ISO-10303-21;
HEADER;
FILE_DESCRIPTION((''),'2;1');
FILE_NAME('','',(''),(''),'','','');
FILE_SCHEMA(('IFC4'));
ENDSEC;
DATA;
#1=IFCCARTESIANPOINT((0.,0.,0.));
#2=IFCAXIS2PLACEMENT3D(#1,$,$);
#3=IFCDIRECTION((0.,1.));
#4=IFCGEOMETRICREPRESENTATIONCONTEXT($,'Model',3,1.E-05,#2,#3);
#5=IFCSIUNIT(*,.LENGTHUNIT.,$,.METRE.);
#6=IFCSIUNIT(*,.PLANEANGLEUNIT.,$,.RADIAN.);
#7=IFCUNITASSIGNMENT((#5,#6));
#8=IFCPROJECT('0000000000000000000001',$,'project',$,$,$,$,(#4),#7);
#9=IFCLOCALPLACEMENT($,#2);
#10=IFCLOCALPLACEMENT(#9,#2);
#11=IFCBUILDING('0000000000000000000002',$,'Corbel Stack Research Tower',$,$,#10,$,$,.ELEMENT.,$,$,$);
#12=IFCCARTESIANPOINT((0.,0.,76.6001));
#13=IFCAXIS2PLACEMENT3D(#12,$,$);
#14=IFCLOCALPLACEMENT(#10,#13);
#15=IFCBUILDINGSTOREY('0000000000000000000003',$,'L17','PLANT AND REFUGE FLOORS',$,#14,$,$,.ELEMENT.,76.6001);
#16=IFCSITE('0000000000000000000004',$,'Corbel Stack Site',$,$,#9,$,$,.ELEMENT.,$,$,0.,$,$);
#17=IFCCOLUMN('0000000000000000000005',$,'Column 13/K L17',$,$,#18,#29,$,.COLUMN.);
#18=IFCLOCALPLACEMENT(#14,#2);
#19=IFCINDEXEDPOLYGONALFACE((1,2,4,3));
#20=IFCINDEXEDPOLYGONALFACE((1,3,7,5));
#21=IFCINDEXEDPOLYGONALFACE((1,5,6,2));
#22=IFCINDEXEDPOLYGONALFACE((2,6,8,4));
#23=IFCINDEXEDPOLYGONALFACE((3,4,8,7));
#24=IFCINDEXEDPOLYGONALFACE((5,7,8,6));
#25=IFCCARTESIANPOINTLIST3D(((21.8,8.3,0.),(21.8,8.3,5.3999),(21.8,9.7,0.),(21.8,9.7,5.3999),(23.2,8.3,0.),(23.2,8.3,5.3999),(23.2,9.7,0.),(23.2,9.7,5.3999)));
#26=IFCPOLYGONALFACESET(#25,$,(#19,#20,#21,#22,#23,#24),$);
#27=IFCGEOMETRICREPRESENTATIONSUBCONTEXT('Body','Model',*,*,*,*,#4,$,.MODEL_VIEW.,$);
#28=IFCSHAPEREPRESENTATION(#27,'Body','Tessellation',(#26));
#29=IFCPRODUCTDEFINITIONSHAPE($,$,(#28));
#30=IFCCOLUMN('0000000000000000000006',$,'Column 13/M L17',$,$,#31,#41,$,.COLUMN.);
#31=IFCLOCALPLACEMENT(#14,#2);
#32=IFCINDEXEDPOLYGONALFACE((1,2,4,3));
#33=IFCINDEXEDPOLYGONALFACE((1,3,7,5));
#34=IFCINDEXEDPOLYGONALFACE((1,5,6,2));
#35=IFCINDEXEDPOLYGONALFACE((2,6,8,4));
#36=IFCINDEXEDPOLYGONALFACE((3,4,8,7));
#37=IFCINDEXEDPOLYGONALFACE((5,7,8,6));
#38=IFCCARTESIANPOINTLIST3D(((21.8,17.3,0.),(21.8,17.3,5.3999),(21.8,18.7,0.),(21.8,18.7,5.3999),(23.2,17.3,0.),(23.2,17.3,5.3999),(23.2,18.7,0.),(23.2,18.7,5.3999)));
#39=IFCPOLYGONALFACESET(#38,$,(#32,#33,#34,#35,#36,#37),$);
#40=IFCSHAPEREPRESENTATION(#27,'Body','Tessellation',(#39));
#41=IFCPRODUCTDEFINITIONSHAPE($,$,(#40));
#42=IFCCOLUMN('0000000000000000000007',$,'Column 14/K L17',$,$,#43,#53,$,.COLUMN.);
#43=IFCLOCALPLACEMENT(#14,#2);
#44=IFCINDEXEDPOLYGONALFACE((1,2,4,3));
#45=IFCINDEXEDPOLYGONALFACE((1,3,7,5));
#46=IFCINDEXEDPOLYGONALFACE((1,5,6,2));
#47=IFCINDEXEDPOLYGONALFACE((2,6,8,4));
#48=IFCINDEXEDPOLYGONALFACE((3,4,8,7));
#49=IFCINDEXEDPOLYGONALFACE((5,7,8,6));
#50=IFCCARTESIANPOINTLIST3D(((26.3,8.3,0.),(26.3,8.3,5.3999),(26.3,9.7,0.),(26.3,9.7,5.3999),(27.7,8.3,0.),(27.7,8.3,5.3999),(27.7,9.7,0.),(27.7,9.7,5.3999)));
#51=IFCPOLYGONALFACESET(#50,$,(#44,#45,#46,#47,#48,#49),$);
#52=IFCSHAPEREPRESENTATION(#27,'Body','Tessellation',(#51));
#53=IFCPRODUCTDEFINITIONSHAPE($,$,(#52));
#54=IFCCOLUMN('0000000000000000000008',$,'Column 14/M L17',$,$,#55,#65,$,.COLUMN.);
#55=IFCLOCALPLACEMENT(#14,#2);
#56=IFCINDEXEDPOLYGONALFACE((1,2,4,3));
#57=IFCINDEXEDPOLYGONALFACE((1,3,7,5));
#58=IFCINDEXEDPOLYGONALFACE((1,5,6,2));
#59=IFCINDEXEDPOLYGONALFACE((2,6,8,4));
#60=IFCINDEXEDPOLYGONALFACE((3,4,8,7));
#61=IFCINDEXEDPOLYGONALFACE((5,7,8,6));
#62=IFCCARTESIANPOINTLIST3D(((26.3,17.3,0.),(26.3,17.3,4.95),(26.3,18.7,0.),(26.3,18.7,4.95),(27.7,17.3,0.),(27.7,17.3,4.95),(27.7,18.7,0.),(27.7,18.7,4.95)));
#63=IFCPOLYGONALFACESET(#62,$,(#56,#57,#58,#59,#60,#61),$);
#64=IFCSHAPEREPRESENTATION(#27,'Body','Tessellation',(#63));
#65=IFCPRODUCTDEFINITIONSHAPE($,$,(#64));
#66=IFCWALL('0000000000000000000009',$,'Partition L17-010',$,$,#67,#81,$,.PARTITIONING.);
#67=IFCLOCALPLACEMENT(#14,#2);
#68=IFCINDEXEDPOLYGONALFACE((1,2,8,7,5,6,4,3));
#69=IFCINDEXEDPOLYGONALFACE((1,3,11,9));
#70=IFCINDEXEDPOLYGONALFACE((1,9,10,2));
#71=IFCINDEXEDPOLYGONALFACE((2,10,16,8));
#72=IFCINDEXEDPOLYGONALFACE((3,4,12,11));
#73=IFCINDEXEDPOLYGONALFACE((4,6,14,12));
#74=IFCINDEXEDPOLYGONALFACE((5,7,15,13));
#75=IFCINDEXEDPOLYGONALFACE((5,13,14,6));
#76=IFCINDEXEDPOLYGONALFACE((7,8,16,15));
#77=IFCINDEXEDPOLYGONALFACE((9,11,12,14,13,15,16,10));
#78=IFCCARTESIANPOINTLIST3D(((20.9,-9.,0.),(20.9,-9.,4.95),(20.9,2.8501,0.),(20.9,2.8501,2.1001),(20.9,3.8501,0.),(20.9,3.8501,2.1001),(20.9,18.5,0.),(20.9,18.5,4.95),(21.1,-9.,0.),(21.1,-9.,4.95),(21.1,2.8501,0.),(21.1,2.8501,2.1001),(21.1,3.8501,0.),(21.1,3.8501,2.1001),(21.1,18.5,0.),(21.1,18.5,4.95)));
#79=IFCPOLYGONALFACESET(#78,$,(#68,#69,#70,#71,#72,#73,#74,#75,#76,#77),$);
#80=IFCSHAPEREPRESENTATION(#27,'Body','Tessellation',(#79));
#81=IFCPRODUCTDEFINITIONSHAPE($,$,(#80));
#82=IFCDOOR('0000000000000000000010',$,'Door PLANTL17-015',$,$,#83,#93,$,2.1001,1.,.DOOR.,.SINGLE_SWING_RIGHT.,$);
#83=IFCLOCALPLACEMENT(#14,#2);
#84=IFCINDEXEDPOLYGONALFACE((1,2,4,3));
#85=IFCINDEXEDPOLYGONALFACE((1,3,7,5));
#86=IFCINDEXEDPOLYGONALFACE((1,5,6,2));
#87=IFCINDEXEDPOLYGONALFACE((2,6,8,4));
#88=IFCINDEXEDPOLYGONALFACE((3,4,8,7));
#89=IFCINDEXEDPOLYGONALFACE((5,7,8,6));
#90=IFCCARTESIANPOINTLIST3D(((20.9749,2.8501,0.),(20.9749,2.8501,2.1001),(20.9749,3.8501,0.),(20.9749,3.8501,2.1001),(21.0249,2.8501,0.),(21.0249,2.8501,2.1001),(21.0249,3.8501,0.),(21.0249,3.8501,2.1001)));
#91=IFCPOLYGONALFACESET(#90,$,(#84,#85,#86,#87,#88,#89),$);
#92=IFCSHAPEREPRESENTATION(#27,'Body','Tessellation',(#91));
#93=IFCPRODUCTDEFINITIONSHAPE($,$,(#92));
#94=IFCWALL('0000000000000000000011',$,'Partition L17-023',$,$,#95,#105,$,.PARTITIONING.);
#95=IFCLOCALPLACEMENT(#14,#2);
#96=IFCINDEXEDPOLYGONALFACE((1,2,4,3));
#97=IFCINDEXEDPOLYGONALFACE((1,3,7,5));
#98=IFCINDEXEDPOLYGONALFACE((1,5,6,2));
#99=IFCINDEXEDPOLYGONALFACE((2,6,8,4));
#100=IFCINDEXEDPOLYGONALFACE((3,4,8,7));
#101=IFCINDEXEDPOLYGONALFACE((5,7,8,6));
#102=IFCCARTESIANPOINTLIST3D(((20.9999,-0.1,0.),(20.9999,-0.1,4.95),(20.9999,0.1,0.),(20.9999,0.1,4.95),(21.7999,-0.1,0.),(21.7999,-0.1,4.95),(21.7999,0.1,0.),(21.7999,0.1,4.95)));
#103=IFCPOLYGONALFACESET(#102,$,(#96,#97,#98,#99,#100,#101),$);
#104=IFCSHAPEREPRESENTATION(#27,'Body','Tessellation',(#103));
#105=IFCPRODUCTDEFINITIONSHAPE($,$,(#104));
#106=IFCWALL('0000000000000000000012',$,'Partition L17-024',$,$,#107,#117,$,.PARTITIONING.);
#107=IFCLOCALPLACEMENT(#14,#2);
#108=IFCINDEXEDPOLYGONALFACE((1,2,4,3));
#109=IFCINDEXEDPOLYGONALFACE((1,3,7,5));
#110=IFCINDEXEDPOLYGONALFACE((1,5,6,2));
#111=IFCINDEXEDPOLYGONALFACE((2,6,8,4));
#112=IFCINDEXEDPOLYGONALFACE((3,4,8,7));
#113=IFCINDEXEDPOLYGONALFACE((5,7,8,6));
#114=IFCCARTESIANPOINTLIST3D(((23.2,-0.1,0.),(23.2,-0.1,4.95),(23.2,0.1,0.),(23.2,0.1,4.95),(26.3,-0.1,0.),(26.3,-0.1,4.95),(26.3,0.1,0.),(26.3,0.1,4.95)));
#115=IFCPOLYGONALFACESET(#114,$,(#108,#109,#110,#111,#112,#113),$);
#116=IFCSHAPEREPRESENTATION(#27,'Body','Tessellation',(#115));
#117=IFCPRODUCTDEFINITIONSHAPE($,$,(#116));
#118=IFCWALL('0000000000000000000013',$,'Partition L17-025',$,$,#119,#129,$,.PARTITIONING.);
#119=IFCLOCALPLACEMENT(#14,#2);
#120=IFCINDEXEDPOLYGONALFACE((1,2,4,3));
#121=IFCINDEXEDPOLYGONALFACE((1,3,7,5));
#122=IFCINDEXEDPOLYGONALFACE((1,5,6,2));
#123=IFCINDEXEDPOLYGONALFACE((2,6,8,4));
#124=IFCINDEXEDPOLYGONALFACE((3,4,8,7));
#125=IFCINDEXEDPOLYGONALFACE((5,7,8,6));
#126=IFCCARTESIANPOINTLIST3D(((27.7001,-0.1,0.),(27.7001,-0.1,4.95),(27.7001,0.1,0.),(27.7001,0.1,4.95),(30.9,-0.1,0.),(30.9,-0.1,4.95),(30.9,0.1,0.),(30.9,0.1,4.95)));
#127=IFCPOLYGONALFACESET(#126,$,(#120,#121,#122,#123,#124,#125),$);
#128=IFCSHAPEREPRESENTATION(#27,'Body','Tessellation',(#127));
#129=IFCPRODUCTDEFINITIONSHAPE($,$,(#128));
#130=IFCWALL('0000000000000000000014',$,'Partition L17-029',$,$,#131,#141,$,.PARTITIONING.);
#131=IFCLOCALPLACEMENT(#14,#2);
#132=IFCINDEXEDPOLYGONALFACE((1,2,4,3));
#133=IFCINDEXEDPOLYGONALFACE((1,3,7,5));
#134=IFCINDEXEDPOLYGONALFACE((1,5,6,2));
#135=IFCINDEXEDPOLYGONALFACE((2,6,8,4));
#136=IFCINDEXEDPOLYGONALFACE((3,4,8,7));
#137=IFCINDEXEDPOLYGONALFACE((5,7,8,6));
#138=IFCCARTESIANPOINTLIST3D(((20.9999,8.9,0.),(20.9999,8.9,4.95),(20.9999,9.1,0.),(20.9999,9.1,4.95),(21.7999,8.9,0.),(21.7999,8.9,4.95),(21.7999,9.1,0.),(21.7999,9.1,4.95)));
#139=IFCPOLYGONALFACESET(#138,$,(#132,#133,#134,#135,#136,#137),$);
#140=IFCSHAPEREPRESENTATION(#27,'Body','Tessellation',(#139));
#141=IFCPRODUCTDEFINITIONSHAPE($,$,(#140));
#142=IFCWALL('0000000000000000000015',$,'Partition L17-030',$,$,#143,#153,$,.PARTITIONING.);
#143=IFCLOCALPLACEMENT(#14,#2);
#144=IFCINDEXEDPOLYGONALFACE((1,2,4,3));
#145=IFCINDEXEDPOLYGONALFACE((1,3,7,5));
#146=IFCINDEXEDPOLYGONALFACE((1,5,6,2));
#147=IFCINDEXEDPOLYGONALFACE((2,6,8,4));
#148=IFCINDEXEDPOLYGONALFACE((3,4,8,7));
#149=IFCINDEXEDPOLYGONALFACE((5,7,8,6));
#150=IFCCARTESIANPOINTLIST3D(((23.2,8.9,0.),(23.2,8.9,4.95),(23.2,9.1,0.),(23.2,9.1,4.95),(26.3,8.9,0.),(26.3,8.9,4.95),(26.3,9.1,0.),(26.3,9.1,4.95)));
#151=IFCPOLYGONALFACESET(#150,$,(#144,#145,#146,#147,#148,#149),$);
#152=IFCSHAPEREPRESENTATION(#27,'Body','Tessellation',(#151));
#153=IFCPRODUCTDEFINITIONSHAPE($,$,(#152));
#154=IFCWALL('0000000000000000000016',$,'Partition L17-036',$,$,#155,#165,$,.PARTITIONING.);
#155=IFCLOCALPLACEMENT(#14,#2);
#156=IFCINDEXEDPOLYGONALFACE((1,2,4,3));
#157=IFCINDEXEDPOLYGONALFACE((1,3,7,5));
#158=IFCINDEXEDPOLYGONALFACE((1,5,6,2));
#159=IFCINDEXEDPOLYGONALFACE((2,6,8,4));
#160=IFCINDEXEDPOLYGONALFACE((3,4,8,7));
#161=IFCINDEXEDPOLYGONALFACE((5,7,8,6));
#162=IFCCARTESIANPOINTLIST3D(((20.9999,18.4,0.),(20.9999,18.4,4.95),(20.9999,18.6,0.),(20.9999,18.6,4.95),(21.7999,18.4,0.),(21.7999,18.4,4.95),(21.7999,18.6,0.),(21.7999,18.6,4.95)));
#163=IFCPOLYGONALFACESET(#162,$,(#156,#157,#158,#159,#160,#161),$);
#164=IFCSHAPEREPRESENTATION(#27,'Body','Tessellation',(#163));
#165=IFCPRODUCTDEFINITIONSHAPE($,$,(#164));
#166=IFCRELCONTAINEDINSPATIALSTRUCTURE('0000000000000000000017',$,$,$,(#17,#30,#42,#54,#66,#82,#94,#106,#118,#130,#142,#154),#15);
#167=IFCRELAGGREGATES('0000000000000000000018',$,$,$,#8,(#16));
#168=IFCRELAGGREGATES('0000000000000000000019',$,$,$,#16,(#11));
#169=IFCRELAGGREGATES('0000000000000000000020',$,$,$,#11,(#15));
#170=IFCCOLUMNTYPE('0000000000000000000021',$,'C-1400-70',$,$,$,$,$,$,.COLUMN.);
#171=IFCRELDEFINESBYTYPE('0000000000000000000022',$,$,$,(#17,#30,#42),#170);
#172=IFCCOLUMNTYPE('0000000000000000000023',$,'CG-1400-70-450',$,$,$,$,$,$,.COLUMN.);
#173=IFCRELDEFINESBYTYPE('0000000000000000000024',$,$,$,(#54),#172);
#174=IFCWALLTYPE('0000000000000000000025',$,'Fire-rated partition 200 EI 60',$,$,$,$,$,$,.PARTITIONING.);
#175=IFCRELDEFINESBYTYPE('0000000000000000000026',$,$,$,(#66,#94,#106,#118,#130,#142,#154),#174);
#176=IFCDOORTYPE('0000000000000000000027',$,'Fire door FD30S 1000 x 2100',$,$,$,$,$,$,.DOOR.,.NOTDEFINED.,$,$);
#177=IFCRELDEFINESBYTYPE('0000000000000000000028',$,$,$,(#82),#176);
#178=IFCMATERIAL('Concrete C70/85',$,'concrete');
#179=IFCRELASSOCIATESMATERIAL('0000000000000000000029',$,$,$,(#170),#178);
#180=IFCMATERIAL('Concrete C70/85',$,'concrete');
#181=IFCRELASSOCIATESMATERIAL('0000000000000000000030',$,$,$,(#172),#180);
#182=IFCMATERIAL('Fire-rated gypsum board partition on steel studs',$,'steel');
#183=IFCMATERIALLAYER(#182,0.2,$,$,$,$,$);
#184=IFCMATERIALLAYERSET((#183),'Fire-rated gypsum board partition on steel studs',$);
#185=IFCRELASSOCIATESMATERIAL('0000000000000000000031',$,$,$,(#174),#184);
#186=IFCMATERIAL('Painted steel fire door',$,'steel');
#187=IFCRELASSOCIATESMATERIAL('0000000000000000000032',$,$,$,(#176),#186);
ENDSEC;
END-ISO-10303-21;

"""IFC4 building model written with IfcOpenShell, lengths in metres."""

from ifc_helpers import new_model, si_unit, direction, frame, frame_2d, origin, origin_2d, place, context, subcontext, project, spatial, rectangle, extrude, material, layer, layer_set, material_profile, profile_set, type_object, element, fill, save


model = new_model("IFC4")

# Units and contexts
model_context = context("Model", 3, precision=1e-05, world=origin(), true_north=direction((0.0, 1.0)))
body_context = subcontext(model_context, "Body", "Model", "MODEL_VIEW")
ifc_project = project(units=[si_unit("LENGTHUNIT", "METRE"), si_unit("PLANEANGLEUNIT", "RADIAN")], contexts=[model_context])

# Site, building, storey
site_placement = place(None, origin())
site = spatial("IfcSite", under=ifc_project, at=site_placement, Name="Corbel Stack Site", CompositionType="ELEMENT", RefElevation=0.0)
building_placement = place(site_placement, origin())
building = spatial("IfcBuilding", under=site, at=building_placement, Name="Corbel Stack Research Tower", CompositionType="ELEMENT")
storey_placement = place(building_placement, frame((0.0, 0.0, 76.6001)))
storey = spatial("IfcBuildingStorey", under=building, at=storey_placement, Name="L17", Description="PLANT AND REFUGE FLOORS", CompositionType="ELEMENT", Elevation=76.6001)

# Columns
ifc_material_1 = material(Name="Concrete C70/85", Category="concrete")
ifc_material_profile_1 = material_profile(ifc_material_1, rectangle(XDim=1.3999, YDim=1.3999, at=origin_2d()), Name="RC 1400 x 1400")
ifc_profile_set_1 = profile_set([ifc_material_profile_1], Name="Concrete C70/85")
column_type_1 = type_object("IfcColumnType", Name="C-1400-70", PredefinedType="COLUMN", material=ifc_profile_set_1)
for number, where, z_axis, x_axis, name in (
    (1, (22.5, 9.0, 0.0), (0.0, 0.0, 1.0), (1.0, 0.0, 0.0), "Column 13/K L17"),
    (2, (22.5, 18.0, 0.0), (0.0, 0.0, 1.0), (1.0, 0.0, 0.0), "Column 13/M L17"),
    (3, (27.0, 9.0, 0.0), (0.0, 0.0, 1.0), (1.0, 0.0, 0.0), "Column 14/K L17"),
):
    element("IfcColumn", number, at=place(storey_placement, frame(where, z_axis=z_axis, x_axis=x_axis)), inside=storey, type_object=column_type_1, Name=name, PredefinedType="COLUMN", context=body_context, shape_type="SweptSolid", body=[
        extrude(rectangle(XDim=1.3999, YDim=1.3999, at=origin_2d()), origin(), (0.0, 0.0, 1.0), 5.3999),
    ])
ifc_material_2 = material(Name="Concrete C70/85", Category="concrete")
ifc_material_profile_2 = material_profile(ifc_material_2, rectangle(XDim=1.3999, YDim=1.3999, at=origin_2d()), Name="RC 1400 x 1400")
ifc_profile_set_2 = profile_set([ifc_material_profile_2], Name="Concrete C70/85")
column_type_2 = type_object("IfcColumnType", Name="CG-1400-70-450", PredefinedType="COLUMN", material=ifc_profile_set_2)
column_placement = place(storey_placement, frame((27.0, 18.0, 0.0), z_axis=(0.0, 0.0, 1.0), x_axis=(1.0, 0.0, 0.0)))
element("IfcColumn", 4, at=column_placement, inside=storey, type_object=column_type_2, Name="Column 14/M L17", PredefinedType="COLUMN", context=body_context, shape_type="SweptSolid", body=[
    extrude(rectangle(XDim=1.3999, YDim=1.3999, at=origin_2d()), origin(), (0.0, 0.0, 1.0), 4.95),
])

# Wall, opening, door
ifc_material_3 = material(Name="Fire-rated gypsum board partition on steel studs", Category="steel")
ifc_layer = layer(ifc_material_3, 0.2)
ifc_layer_set = layer_set([ifc_layer], Name="Fire-rated gypsum board partition on steel studs")
wall_type = type_object("IfcWallType", Name="Fire-rated partition 200 EI 60", PredefinedType="PARTITIONING", material=ifc_layer_set)
wall_1_placement = place(storey_placement, frame((21.0, 18.5, 0.0), z_axis=(0.0, 0.0, 1.0), x_axis=(0.0, -1.0, 0.0)))
wall_1 = element("IfcWall", 5, at=wall_1_placement, inside=storey, type_object=wall_type, Name="Partition L17-010", PredefinedType="PARTITIONING", context=body_context, shape_type="SweptSolid", body=[
    extrude(rectangle(XDim=27.5, YDim=0.2, at=frame_2d((13.75, 0.0))), origin(), (0.0, 0.0, 1.0), 4.95),
])
opening_1_placement = place(wall_1_placement, frame((14.6499, 0.0, 0.0)))
opening_1 = element("IfcOpeningElement", 6, at=opening_1_placement, cuts=wall_1, PredefinedType="OPENING", context=body_context, shape_type="SweptSolid", body=[
    extrude(rectangle(XDim=1.0, YDim=2.1001, at=frame_2d((0.5, 1.05))), frame((0.0, 0.1099, 0.0), z_axis=(0.0, -1.0, 0.0), x_axis=(1.0, 0.0, 0.0)), (0.0, 0.0, 1.0), 0.22),
])
ifc_material_4 = material(Name="Painted steel fire door", Category="steel")
door_type = type_object("IfcDoorType", Name="Fire door FD30S 1000 x 2100", OperationType="NOTDEFINED", PredefinedType="DOOR", material=ifc_material_4)
door_1_placement = place(opening_1_placement, origin())
door_1 = element("IfcDoor", 7, at=door_1_placement, inside=storey, type_object=door_type, Name="Door PLANTL17-015", OperationType="SINGLE_SWING_RIGHT", OverallHeight=2.1001, OverallWidth=1.0, PredefinedType="DOOR", context=body_context, shape_type="SweptSolid", body=[
    extrude(rectangle(XDim=1.0, YDim=2.1001, at=frame_2d((0.5, 1.05))), frame((0.0, 0.0249, 0.0), z_axis=(0.0, -1.0, 0.0), x_axis=(1.0, 0.0, 0.0)), (0.0, 0.0, 1.0), 0.05),
])
fill(opening_1, door_1)

# Walls
wall_2_placement = place(storey_placement, frame((21.0, 0.0, 0.0), z_axis=(0.0, 0.0, 1.0), x_axis=(1.0, 0.0, 0.0)))
element("IfcWall", 8, at=wall_2_placement, inside=storey, type_object=wall_type, Name="Partition L17-023", PredefinedType="PARTITIONING", context=body_context, shape_type="SweptSolid", body=[
    extrude(rectangle(XDim=0.8, YDim=0.2, at=frame_2d((0.3999, 0.0))), origin(), (0.0, 0.0, 1.0), 4.95),
])
wall_3_placement = place(storey_placement, frame((23.2, 0.0, 0.0), z_axis=(0.0, 0.0, 1.0), x_axis=(1.0, 0.0, 0.0)))
element("IfcWall", 9, at=wall_3_placement, inside=storey, type_object=wall_type, Name="Partition L17-024", PredefinedType="PARTITIONING", context=body_context, shape_type="SweptSolid", body=[
    extrude(rectangle(XDim=3.1001, YDim=0.2, at=frame_2d((1.55, 0.0))), origin(), (0.0, 0.0, 1.0), 4.95),
])
wall_4_placement = place(storey_placement, frame((27.7, 0.0, 0.0), z_axis=(0.0, 0.0, 1.0), x_axis=(1.0, 0.0, 0.0)))
element("IfcWall", 10, at=wall_4_placement, inside=storey, type_object=wall_type, Name="Partition L17-025", PredefinedType="PARTITIONING", context=body_context, shape_type="SweptSolid", body=[
    extrude(rectangle(XDim=3.2, YDim=0.2, at=frame_2d((1.6001, 0.0))), origin(), (0.0, 0.0, 1.0), 4.95),
])
wall_5_placement = place(storey_placement, frame((21.0, 9.0, 0.0), z_axis=(0.0, 0.0, 1.0), x_axis=(1.0, 0.0, 0.0)))
element("IfcWall", 11, at=wall_5_placement, inside=storey, type_object=wall_type, Name="Partition L17-029", PredefinedType="PARTITIONING", context=body_context, shape_type="SweptSolid", body=[
    extrude(rectangle(XDim=0.8, YDim=0.2, at=frame_2d((0.3999, 0.0))), origin(), (0.0, 0.0, 1.0), 4.95),
])
wall_6_placement = place(storey_placement, frame((23.2, 9.0, 0.0), z_axis=(0.0, 0.0, 1.0), x_axis=(1.0, 0.0, 0.0)))
element("IfcWall", 12, at=wall_6_placement, inside=storey, type_object=wall_type, Name="Partition L17-030", PredefinedType="PARTITIONING", context=body_context, shape_type="SweptSolid", body=[
    extrude(rectangle(XDim=3.1001, YDim=0.2, at=frame_2d((1.55, 0.0))), origin(), (0.0, 0.0, 1.0), 4.95),
])
wall_7_placement = place(storey_placement, frame((21.0, 18.5, 0.0), z_axis=(0.0, 0.0, 1.0), x_axis=(1.0, 0.0, 0.0)))
element("IfcWall", 13, at=wall_7_placement, inside=storey, type_object=wall_type, Name="Partition L17-036", PredefinedType="PARTITIONING", context=body_context, shape_type="SweptSolid", body=[
    extrude(rectangle(XDim=0.8, YDim=0.2, at=frame_2d((0.3999, 0.0))), origin(), (0.0, 0.0, 1.0), 4.95),
])

save(model, "model.ifc")
